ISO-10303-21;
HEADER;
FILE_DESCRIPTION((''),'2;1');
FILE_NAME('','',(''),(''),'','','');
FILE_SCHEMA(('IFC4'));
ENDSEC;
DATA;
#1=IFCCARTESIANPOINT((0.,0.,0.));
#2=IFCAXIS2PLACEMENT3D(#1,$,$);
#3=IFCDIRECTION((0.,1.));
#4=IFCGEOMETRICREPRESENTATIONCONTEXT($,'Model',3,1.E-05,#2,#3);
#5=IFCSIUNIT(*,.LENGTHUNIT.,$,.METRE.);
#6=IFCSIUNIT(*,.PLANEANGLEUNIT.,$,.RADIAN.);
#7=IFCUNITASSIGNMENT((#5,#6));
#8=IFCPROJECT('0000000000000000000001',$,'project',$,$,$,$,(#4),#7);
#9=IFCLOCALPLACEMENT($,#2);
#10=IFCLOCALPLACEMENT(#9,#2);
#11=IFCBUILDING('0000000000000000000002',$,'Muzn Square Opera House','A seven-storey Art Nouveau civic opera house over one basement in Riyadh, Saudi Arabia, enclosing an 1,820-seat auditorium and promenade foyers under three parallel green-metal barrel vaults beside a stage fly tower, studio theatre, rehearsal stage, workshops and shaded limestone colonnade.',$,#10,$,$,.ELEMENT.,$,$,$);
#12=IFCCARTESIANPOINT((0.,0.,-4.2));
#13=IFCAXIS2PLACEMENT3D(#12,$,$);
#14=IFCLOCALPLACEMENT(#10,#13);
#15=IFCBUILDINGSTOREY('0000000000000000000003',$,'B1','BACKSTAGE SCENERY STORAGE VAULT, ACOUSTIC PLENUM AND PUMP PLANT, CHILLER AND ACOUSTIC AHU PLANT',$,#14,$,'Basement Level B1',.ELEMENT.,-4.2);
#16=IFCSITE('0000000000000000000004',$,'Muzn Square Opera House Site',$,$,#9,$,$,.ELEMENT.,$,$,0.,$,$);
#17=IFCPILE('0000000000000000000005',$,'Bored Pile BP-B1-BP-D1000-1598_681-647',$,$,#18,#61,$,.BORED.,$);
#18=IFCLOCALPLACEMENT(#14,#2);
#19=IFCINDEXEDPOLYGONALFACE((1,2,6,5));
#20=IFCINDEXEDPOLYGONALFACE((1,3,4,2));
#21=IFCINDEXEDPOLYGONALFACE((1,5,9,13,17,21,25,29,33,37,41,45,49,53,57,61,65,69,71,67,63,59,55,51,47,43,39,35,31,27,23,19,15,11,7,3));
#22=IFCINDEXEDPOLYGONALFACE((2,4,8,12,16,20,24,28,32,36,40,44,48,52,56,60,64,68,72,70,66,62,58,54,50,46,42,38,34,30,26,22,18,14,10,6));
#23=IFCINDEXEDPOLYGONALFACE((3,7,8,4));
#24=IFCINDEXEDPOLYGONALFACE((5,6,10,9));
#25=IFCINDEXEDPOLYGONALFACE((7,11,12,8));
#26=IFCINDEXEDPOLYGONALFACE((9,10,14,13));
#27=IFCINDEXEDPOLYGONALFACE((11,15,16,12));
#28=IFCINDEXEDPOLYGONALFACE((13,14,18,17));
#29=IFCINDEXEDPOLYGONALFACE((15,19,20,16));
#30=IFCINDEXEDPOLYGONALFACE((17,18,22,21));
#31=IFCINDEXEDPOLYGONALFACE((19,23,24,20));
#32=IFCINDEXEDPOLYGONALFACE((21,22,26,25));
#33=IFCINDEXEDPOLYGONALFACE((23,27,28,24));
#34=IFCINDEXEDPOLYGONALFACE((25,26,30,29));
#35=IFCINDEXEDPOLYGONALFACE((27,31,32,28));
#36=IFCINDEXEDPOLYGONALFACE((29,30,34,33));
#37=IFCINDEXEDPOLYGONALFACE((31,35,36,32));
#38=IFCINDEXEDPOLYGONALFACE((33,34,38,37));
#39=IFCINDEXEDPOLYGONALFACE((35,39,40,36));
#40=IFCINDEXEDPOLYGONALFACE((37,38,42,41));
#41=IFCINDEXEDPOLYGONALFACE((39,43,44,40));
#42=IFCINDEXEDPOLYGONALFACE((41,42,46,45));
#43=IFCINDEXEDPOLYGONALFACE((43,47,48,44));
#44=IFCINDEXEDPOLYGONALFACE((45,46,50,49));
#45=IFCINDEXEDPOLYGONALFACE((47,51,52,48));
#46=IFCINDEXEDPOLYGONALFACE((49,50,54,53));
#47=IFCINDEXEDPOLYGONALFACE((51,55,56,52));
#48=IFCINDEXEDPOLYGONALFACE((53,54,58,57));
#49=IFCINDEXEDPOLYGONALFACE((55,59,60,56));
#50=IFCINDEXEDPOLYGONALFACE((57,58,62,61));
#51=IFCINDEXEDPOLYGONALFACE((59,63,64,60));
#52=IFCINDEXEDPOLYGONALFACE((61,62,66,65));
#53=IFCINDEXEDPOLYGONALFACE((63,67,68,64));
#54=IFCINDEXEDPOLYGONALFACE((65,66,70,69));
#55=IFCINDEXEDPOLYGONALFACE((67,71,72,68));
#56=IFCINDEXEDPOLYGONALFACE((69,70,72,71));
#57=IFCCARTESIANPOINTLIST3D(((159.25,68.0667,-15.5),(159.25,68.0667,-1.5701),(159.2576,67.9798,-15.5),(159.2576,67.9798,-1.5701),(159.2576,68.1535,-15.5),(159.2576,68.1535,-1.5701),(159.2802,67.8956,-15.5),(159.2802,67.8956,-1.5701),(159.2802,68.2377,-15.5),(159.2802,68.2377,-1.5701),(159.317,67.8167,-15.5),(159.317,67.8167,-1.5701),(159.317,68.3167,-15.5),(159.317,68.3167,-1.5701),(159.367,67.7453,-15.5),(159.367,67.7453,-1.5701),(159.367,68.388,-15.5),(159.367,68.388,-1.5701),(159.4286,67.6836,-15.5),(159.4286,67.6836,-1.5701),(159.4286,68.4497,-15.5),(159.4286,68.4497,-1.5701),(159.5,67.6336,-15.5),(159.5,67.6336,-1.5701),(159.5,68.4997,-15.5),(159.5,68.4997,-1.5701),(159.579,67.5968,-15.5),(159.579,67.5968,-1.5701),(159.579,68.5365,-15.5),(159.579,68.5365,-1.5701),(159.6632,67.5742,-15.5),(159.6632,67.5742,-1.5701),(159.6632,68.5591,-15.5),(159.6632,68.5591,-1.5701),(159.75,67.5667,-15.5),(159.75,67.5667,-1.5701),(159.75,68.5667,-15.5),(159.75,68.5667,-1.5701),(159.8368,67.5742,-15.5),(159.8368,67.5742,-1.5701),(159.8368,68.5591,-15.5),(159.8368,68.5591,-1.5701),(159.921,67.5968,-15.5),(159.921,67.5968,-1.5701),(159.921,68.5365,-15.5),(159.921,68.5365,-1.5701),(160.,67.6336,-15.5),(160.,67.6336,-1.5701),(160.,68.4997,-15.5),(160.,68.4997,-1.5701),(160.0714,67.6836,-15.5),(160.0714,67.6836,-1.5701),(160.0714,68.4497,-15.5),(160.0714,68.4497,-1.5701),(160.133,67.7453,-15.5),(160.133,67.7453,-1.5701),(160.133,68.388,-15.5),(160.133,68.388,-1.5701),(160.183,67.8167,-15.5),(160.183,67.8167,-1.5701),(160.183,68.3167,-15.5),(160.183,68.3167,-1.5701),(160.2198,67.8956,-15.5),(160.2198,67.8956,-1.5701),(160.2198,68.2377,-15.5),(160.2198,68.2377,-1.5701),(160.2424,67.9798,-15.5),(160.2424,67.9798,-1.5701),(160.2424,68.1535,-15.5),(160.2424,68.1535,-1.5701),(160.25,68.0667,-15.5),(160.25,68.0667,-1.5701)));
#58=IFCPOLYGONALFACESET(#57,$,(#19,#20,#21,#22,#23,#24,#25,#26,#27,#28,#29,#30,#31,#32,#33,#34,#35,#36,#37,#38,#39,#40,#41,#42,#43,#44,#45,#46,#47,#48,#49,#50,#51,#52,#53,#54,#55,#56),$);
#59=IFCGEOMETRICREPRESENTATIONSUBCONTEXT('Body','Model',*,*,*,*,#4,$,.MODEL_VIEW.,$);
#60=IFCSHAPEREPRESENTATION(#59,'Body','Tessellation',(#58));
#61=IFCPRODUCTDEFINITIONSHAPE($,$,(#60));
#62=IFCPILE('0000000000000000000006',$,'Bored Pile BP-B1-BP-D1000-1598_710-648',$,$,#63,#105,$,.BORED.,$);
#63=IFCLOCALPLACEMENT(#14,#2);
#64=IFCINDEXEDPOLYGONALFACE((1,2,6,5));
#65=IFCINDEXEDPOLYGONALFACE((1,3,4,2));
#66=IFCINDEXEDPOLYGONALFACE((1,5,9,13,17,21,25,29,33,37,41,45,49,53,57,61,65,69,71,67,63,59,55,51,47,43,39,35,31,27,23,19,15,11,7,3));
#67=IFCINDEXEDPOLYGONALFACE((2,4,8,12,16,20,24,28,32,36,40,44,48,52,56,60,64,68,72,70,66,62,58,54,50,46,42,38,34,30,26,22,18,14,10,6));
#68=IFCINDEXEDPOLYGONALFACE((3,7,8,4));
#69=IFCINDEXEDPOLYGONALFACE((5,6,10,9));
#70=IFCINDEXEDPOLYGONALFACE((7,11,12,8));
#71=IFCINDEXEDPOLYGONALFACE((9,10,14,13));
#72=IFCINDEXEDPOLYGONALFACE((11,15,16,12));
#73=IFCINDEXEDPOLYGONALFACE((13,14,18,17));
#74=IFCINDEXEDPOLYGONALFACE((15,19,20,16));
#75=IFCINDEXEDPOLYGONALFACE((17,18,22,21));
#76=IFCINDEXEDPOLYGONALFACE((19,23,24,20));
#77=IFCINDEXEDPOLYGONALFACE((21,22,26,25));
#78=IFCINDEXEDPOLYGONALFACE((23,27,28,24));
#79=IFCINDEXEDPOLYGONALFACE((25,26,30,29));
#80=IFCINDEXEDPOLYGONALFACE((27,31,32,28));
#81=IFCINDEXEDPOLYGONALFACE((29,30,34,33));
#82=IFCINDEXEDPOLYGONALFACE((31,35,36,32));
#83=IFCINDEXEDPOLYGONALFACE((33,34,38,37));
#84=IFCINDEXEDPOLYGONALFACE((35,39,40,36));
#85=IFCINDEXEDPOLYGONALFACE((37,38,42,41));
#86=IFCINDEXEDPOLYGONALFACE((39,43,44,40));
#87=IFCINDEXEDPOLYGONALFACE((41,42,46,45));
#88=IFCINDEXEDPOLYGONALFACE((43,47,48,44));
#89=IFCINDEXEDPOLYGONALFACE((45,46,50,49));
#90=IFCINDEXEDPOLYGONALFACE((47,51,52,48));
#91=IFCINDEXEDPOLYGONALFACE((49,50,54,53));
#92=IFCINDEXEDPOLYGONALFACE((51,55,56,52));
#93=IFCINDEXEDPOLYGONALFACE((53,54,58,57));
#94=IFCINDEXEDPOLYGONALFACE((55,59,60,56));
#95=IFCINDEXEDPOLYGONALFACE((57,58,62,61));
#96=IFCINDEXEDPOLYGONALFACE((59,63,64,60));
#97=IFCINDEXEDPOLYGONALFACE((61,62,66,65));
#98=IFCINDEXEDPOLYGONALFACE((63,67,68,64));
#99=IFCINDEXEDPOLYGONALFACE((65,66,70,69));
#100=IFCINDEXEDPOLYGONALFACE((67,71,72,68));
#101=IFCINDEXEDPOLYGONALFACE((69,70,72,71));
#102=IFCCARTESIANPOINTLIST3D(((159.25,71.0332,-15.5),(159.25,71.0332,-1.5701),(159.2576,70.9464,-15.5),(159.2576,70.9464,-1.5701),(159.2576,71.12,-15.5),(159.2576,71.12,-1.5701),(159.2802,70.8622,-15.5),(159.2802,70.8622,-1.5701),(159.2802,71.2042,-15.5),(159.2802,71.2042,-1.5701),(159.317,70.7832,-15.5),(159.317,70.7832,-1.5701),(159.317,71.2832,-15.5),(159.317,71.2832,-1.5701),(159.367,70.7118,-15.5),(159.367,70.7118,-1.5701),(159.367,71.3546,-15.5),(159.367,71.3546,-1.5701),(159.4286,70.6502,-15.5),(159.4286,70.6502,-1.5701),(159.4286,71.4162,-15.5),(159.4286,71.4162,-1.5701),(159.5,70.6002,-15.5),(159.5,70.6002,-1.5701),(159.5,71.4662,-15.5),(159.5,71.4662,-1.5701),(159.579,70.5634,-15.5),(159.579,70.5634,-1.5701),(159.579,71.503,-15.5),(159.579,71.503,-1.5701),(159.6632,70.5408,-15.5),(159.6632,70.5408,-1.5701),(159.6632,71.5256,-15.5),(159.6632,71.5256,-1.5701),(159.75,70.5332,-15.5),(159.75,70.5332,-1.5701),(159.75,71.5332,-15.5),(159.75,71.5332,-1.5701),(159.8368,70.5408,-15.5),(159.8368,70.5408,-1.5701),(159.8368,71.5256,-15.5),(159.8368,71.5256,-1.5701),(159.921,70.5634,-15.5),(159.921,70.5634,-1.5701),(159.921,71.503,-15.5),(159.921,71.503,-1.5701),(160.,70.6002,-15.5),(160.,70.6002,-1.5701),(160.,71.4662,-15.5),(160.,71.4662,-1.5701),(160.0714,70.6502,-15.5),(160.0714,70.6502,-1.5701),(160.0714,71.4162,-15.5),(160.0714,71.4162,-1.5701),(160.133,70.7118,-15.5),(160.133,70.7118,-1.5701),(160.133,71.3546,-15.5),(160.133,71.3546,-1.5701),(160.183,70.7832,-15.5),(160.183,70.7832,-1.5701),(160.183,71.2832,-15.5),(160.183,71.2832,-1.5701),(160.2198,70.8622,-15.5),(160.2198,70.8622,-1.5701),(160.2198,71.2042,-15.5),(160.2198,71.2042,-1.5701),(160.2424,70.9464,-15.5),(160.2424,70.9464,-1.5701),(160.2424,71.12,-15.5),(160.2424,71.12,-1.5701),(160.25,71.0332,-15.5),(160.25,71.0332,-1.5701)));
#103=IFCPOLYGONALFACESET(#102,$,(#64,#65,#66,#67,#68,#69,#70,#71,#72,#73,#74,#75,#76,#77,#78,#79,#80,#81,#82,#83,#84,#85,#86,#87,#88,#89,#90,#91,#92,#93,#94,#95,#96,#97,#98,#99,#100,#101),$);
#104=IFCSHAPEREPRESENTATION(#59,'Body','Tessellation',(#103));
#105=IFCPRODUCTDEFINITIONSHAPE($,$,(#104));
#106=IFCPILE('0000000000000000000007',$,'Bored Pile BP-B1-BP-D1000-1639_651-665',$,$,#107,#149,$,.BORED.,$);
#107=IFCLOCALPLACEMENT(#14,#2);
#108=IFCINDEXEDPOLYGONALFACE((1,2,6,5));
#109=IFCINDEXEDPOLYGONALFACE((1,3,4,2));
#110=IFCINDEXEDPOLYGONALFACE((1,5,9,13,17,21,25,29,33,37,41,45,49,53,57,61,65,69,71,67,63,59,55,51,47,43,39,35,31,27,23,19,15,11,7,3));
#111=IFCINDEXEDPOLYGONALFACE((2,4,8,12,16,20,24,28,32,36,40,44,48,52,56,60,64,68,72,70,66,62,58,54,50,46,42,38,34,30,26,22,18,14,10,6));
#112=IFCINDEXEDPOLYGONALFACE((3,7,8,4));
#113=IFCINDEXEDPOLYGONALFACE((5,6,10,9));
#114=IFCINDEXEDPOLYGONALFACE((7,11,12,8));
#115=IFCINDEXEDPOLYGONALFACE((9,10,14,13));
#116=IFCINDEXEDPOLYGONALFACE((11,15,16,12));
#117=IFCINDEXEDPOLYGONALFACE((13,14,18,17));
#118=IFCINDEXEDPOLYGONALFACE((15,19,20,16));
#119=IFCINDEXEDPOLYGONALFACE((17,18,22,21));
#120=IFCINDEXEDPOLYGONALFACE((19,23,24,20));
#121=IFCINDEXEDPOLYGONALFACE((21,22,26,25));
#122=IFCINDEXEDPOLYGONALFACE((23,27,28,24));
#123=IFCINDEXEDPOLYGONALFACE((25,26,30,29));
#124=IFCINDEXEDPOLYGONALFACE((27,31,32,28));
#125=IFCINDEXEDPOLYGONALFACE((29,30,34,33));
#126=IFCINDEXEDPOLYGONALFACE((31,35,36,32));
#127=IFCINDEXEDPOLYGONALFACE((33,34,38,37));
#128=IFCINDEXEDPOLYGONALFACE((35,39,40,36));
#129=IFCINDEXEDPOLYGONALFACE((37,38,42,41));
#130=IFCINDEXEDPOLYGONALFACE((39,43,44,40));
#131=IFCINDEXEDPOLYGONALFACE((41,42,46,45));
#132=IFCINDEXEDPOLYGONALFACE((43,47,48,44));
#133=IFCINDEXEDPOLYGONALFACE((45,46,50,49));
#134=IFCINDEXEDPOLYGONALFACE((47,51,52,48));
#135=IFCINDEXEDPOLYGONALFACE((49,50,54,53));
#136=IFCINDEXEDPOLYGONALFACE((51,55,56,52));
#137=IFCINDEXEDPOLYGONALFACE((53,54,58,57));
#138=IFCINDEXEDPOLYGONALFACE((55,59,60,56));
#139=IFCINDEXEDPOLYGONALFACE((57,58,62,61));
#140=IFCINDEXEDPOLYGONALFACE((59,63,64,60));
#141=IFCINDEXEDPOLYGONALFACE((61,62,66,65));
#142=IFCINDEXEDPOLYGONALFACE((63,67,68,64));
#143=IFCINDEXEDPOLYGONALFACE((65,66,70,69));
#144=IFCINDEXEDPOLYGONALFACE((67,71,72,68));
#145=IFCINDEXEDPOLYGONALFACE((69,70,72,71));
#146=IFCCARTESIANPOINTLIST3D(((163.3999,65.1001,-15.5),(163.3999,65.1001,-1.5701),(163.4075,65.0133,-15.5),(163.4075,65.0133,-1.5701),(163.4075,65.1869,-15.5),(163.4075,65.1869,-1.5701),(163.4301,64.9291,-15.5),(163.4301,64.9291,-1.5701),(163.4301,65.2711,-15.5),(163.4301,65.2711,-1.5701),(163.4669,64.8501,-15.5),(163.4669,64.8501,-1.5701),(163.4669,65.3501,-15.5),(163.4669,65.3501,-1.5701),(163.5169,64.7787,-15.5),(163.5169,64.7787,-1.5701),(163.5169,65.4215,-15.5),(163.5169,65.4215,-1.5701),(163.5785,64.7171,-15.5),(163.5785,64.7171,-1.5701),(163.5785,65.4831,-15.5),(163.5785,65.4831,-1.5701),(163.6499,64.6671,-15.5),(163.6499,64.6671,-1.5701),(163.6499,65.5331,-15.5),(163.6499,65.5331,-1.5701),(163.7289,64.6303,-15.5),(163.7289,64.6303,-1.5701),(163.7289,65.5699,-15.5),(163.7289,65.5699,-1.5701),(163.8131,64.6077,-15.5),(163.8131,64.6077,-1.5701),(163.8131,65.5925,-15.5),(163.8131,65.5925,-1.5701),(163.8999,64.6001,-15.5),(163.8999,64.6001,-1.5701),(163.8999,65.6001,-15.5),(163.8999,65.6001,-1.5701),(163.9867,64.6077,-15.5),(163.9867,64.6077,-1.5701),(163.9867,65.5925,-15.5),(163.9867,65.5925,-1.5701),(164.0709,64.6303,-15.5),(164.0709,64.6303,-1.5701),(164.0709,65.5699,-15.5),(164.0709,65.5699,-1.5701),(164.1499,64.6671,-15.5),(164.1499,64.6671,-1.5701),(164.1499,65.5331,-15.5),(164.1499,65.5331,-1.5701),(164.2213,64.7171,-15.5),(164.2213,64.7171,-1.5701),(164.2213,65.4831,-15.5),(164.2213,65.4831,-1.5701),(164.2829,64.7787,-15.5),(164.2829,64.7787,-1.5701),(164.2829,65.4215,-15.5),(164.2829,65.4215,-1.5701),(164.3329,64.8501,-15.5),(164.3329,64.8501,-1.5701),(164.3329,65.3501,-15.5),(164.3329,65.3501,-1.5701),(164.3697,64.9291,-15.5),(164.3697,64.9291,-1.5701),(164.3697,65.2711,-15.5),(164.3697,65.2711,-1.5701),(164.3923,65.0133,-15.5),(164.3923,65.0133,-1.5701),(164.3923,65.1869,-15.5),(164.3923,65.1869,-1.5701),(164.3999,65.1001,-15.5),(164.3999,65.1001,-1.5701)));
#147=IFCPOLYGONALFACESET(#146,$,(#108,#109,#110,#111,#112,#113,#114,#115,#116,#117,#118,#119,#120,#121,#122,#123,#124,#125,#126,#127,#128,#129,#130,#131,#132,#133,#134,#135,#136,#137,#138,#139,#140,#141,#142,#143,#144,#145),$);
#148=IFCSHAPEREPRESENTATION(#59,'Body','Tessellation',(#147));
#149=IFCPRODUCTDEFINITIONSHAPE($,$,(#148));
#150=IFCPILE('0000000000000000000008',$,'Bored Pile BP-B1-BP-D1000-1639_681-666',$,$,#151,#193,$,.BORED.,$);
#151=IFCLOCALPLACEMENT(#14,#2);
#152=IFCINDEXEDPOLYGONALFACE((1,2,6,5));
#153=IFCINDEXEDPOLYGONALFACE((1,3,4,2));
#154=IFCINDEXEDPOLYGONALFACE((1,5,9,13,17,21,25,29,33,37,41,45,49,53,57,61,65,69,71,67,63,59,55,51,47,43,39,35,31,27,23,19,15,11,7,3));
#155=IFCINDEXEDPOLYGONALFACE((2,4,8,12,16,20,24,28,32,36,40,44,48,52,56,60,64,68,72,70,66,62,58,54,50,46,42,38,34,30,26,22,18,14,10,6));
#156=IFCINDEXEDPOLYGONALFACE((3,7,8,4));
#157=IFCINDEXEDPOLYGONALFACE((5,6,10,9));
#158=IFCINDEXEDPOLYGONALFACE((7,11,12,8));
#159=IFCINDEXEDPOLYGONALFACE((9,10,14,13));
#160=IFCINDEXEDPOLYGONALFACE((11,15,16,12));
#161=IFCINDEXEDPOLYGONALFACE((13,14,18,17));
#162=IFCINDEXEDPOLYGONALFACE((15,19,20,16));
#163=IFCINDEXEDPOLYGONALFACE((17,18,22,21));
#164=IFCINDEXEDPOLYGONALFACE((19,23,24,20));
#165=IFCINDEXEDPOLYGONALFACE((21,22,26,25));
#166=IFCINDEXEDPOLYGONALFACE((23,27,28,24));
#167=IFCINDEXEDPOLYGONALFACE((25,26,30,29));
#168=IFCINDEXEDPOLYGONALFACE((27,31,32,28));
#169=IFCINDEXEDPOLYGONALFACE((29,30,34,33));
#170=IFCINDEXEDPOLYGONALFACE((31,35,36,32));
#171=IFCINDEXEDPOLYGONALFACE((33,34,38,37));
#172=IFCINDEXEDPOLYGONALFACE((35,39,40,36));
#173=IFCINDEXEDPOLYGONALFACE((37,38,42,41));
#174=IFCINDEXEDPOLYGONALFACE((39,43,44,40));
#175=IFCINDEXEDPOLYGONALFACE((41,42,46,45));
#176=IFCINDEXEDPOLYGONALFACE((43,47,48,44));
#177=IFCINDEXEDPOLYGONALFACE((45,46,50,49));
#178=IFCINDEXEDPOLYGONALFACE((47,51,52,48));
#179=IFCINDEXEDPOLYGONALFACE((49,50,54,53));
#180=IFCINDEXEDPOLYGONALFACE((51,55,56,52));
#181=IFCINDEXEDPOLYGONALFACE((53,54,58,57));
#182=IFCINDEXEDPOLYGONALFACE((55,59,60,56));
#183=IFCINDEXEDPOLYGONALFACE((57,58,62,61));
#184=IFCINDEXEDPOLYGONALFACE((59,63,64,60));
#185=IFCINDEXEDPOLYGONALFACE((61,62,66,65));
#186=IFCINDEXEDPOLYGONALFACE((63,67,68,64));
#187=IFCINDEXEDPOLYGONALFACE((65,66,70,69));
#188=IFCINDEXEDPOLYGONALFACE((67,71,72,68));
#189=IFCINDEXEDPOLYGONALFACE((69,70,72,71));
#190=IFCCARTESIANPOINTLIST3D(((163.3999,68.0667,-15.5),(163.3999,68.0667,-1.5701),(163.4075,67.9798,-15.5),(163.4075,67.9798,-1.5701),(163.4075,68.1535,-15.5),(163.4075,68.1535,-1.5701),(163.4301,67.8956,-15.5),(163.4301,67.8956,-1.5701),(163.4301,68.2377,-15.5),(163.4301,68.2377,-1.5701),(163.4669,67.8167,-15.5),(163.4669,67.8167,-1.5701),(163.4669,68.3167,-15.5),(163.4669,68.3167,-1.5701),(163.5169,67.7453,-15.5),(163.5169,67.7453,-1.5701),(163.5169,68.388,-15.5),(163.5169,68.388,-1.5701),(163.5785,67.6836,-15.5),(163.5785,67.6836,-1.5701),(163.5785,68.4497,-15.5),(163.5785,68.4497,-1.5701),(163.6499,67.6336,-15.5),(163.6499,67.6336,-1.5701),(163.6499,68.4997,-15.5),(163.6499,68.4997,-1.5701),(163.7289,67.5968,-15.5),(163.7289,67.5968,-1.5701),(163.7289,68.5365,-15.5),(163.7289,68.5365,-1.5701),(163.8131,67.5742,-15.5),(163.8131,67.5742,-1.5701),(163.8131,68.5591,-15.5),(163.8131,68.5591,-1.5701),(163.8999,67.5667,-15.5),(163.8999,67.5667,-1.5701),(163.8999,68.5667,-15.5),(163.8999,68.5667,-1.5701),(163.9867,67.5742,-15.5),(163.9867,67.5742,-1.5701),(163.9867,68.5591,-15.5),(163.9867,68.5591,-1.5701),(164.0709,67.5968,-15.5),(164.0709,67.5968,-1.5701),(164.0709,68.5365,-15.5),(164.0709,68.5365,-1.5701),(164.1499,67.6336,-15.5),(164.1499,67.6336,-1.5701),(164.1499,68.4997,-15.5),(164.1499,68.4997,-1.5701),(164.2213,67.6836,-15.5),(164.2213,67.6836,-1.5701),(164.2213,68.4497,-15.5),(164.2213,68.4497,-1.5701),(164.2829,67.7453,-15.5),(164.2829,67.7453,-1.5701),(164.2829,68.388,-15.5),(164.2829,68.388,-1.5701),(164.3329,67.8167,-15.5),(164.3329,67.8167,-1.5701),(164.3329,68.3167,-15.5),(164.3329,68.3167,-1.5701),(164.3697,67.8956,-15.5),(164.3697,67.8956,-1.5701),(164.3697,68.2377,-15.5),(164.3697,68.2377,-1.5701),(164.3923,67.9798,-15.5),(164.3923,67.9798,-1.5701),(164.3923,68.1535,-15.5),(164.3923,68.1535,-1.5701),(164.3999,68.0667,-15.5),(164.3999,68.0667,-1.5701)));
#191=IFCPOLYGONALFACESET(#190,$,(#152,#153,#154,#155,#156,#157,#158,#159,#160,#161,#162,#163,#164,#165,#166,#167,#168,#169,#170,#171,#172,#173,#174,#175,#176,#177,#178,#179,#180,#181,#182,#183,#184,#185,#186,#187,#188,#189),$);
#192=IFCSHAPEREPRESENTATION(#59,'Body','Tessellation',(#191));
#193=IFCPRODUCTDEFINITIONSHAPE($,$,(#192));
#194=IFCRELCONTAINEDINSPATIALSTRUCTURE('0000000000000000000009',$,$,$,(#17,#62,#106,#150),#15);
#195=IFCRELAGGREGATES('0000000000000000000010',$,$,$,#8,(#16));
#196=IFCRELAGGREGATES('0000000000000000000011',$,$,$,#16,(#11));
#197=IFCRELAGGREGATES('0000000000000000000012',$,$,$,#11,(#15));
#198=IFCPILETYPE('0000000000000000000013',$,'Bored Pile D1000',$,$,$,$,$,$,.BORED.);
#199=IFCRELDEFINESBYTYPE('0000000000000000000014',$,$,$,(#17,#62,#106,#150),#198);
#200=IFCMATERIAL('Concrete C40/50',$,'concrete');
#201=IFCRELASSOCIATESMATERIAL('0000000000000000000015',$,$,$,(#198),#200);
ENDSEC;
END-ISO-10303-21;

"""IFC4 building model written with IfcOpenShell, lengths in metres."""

from ifc_helpers import new_model, si_unit, direction, frame, origin, origin_2d, place, context, subcontext, project, spatial, circle, extrude, material, material_profile, profile_set, type_object, element, save


model = new_model("IFC4")

# Units and contexts
model_context = context("Model", 3, precision=1e-05, world=origin(), true_north=direction((0.0, 1.0)))
body_context = subcontext(model_context, "Body", "Model", "MODEL_VIEW")
ifc_project = project(units=[si_unit("LENGTHUNIT", "METRE"), si_unit("PLANEANGLEUNIT", "RADIAN")], contexts=[model_context])

# Site, building, storey
site_placement = place(None, origin())
site = spatial("IfcSite", under=ifc_project, at=site_placement, Name="Muzn Square Opera House Site", CompositionType="ELEMENT", RefElevation=0.0)
building_placement = place(site_placement, origin())
building = spatial("IfcBuilding", under=site, at=building_placement, Name="Muzn Square Opera House", Description="A seven-storey Art Nouveau civic opera house over one basement in Riyadh, Saudi Arabia, enclosing an 1,820-seat auditorium and promenade foyers under three parallel green-metal barrel vaults beside a stage fly tower, studio theatre, rehearsal stage, workshops and shaded limestone colonnade.", CompositionType="ELEMENT")
storey_placement = place(building_placement, frame((0.0, 0.0, -4.2)))
storey = spatial("IfcBuildingStorey", under=building, at=storey_placement, Name="B1", Description="BACKSTAGE SCENERY STORAGE VAULT, ACOUSTIC PLENUM AND PUMP PLANT, CHILLER AND ACOUSTIC AHU PLANT", LongName="Basement Level B1", CompositionType="ELEMENT", Elevation=-4.2)

# Piles
ifc_material_1 = material(Name="Concrete C40/50", Category="concrete")
ifc_material_profile_1 = material_profile(ifc_material_1, circle(Radius=0.5, at=origin_2d()), Name="BORED PILE D1000", Category="concrete")
ifc_profile_set_1 = profile_set([ifc_material_profile_1], Name="Concrete C40/50")
pile_type = type_object("IfcPileType", Name="Bored Pile D1000", PredefinedType="BORED", material=ifc_profile_set_1)
for number, where, z_axis, x_axis, name in (
    (1, (159.75, 68.0667, -1.5701), (0.0, 0.0, -1.0), (1.0, 0.0, 0.0), "Bored Pile BP-B1-BP-D1000-1598_681-647"),
    (2, (159.75, 71.0332, -1.5701), (0.0, 0.0, -1.0), (1.0, 0.0, 0.0), "Bored Pile BP-B1-BP-D1000-1598_710-648"),
    (3, (163.8999, 65.1001, -1.5701), (0.0, 0.0, -1.0), (1.0, 0.0, 0.0), "Bored Pile BP-B1-BP-D1000-1639_651-665"),
    (4, (163.8999, 68.0667, -1.5701), (0.0, 0.0, -1.0), (1.0, 0.0, 0.0), "Bored Pile BP-B1-BP-D1000-1639_681-666"),
):
    element("IfcPile", number, at=place(storey_placement, frame(where, z_axis=z_axis, x_axis=x_axis)), inside=storey, type_object=pile_type, Name=name, PredefinedType="BORED", context=body_context, shape_type="SweptSolid", body=[
        extrude(circle(Radius=0.5, at=origin_2d()), origin(), (0.0, 0.0, 1.0), 13.9299),
    ])

save(model, "model.ifc")
